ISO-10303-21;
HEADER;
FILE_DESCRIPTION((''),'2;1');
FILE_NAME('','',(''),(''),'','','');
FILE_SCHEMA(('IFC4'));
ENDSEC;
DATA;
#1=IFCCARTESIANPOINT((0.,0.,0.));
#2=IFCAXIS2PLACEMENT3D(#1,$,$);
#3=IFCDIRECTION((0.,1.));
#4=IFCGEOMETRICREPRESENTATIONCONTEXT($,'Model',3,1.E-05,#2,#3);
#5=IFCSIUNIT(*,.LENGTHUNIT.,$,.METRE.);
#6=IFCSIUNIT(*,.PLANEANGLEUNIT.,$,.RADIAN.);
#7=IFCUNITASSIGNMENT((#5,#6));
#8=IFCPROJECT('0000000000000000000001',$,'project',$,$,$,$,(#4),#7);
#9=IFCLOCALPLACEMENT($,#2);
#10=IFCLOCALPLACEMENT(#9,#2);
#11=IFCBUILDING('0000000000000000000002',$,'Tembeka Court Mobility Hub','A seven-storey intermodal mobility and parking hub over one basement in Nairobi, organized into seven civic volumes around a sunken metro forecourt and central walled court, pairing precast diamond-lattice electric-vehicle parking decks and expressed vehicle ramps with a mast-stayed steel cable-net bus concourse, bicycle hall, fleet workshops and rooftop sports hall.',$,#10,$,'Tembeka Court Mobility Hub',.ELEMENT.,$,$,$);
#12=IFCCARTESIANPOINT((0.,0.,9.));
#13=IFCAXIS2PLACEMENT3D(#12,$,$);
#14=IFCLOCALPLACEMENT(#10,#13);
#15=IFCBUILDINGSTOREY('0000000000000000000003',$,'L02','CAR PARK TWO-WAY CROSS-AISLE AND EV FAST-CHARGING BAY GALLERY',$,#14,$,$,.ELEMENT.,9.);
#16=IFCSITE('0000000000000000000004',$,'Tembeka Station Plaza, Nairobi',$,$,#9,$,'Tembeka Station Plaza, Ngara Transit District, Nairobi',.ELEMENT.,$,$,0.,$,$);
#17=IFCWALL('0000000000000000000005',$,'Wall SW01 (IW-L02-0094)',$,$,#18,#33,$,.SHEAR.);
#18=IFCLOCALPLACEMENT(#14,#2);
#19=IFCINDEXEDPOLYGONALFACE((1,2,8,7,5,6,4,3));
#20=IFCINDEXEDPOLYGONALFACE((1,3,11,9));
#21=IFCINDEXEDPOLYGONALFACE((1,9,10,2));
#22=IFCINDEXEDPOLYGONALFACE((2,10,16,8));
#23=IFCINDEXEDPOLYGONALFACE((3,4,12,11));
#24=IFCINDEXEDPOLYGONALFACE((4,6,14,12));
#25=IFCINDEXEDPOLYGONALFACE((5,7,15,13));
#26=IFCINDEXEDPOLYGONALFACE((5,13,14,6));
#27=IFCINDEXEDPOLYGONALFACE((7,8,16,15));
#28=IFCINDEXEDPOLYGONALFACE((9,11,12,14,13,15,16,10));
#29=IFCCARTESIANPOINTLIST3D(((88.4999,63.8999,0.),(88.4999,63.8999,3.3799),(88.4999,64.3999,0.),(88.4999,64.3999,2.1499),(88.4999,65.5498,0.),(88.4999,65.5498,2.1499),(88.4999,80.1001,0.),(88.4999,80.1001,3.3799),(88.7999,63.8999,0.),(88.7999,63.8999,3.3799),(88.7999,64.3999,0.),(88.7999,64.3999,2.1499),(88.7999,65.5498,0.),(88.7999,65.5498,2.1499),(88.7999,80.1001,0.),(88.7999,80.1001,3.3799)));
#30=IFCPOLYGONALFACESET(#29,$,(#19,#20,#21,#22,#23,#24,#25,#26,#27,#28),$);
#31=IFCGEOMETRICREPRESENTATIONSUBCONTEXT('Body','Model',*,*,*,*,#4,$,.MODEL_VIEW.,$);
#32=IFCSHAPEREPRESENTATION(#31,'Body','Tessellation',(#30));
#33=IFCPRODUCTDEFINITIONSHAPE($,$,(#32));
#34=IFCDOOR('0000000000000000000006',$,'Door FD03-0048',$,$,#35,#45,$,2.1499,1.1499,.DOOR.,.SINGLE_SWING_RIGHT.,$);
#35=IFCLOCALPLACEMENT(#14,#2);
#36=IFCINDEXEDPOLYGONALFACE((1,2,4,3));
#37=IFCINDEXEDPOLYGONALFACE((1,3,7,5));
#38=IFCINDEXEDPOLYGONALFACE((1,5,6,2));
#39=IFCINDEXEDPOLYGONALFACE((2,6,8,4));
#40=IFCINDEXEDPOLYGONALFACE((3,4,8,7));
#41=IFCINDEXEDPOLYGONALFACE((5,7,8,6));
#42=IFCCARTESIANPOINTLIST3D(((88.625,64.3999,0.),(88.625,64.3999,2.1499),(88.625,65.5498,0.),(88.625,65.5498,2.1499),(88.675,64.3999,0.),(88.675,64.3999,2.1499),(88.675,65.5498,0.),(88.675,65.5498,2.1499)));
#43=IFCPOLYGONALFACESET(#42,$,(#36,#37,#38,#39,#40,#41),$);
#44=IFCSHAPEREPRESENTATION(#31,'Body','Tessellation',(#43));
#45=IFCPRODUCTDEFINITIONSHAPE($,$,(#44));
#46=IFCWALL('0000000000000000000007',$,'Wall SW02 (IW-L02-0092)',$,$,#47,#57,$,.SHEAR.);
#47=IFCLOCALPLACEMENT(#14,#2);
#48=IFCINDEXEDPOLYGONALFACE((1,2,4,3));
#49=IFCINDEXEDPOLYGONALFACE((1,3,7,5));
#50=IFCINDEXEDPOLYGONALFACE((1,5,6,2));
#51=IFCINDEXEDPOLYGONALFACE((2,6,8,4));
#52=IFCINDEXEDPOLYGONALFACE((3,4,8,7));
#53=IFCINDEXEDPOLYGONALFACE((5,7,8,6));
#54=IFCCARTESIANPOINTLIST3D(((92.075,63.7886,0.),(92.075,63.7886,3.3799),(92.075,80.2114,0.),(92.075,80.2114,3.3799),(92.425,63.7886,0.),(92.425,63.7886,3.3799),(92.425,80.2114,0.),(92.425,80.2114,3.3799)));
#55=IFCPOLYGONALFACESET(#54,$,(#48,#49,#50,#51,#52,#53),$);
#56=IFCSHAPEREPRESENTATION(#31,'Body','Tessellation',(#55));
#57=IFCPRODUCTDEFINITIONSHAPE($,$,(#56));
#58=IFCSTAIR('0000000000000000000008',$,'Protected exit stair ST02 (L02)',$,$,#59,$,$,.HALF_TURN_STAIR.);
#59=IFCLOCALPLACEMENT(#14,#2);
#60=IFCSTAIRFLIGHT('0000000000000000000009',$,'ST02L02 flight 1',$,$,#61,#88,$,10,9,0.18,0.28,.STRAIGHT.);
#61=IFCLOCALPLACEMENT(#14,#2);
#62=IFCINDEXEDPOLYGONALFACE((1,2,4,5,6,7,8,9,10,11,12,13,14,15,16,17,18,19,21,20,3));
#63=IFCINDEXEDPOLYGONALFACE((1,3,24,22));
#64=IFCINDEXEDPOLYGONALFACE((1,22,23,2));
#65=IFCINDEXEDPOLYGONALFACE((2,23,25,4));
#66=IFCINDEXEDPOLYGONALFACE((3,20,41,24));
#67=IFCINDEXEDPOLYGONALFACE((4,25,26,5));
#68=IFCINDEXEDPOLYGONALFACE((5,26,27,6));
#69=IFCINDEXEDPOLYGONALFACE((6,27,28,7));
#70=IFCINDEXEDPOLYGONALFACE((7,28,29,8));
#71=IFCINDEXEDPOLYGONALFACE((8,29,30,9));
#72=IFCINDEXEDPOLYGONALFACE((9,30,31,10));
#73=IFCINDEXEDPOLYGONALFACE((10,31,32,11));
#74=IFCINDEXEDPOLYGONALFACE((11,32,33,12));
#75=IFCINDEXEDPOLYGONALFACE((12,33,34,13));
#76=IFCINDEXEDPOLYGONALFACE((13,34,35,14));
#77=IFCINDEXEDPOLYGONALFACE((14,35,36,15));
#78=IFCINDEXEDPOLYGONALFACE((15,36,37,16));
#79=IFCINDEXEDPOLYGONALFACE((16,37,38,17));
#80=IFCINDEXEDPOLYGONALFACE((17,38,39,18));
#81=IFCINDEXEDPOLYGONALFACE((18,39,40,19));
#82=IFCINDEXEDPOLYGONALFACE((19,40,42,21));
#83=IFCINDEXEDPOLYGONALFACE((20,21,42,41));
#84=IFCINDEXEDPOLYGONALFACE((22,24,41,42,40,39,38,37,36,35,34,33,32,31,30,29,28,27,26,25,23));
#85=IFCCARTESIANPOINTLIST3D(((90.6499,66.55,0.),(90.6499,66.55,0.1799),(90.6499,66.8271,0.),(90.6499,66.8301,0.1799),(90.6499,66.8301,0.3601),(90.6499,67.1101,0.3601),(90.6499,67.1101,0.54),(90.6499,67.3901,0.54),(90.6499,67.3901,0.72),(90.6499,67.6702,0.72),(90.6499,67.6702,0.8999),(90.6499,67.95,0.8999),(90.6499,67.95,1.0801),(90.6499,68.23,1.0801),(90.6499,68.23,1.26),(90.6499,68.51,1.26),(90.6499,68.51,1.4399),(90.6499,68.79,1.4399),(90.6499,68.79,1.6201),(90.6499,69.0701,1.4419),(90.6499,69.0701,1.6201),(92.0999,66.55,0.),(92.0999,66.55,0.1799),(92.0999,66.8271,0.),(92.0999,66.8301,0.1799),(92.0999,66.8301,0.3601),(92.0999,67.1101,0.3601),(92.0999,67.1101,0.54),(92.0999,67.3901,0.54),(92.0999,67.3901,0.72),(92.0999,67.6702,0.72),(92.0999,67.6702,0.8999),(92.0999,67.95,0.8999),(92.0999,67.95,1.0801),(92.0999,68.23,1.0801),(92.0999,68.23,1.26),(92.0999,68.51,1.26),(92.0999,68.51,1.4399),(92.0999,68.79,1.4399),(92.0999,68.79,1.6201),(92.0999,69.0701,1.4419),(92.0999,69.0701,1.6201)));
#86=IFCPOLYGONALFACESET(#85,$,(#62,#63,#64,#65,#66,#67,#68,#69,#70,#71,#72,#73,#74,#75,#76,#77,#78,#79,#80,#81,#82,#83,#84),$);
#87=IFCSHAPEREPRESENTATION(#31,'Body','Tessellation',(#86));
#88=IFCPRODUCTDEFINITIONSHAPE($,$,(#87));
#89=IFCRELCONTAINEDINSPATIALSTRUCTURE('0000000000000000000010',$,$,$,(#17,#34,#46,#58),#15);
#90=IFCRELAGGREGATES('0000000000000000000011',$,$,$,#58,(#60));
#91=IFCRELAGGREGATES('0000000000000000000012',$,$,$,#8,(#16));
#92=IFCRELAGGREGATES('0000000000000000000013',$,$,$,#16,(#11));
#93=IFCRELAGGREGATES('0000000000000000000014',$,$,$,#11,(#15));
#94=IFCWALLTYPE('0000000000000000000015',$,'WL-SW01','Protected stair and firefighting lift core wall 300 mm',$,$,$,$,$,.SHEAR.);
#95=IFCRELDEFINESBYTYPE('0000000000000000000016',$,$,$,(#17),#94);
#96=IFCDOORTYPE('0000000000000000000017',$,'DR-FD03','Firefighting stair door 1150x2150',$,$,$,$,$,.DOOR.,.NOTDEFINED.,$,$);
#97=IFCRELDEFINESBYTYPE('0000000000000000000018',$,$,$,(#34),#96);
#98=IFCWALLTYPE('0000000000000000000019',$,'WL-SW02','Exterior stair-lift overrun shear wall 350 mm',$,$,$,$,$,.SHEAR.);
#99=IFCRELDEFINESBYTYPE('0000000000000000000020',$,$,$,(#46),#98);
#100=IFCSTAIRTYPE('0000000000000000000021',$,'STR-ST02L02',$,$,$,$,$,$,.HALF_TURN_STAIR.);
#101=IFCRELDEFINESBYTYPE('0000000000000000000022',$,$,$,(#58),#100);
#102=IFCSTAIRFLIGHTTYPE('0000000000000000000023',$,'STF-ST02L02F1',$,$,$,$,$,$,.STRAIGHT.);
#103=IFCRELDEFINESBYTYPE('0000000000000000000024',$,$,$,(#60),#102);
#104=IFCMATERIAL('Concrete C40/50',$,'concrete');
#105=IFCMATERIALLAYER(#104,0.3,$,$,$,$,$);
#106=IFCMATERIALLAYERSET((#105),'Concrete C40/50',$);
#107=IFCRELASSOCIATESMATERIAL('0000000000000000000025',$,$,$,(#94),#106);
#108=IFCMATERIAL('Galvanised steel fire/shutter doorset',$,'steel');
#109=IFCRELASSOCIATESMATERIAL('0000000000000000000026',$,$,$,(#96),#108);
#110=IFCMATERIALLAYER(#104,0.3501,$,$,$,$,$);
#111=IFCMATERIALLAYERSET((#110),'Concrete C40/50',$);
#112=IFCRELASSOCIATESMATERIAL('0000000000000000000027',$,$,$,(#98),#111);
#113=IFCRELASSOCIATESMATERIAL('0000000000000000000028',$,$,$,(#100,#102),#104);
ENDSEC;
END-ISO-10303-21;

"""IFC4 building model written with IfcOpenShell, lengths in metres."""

from ifc_helpers import new_model, si_unit, direction, frame, frame_2d, origin, place, context, subcontext, project, spatial, polyline, rectangle, outline, extrude, material, layer, layer_set, type_object, element, fill, aggregate, save


model = new_model("IFC4")

# Units and contexts
model_context = context("Model", 3, precision=1e-05, world=origin(), true_north=direction((0.0, 1.0)))
body_context = subcontext(model_context, "Body", "Model", "MODEL_VIEW")
ifc_project = project(units=[si_unit("LENGTHUNIT", "METRE"), si_unit("PLANEANGLEUNIT", "RADIAN")], contexts=[model_context])

# Site, building, storey
site_placement = place(None, origin())
site = spatial("IfcSite", under=ifc_project, at=site_placement, Name="Tembeka Station Plaza, Nairobi", LongName="Tembeka Station Plaza, Ngara Transit District, Nairobi", CompositionType="ELEMENT", RefElevation=0.0)
building_placement = place(site_placement, origin())
building = spatial("IfcBuilding", under=site, at=building_placement, Name="Tembeka Court Mobility Hub", Description="A seven-storey intermodal mobility and parking hub over one basement in Nairobi, organized into seven civic volumes around a sunken metro forecourt and central walled court, pairing precast diamond-lattice electric-vehicle parking decks and expressed vehicle ramps with a mast-stayed steel cable-net bus concourse, bicycle hall, fleet workshops and rooftop sports hall.", LongName="Tembeka Court Mobility Hub", CompositionType="ELEMENT")
storey_placement = place(building_placement, frame((0.0, 0.0, 9.0)))
storey = spatial("IfcBuildingStorey", under=building, at=storey_placement, Name="L02", Description="CAR PARK TWO-WAY CROSS-AISLE AND EV FAST-CHARGING BAY GALLERY", CompositionType="ELEMENT", Elevation=9.0)

# Shared definitions
ifc_material_1 = material(Name="Concrete C40/50", Category="concrete")
ifc_layer_1 = layer(ifc_material_1, 0.3)
ifc_layer_set_1 = layer_set([ifc_layer_1], Name="Concrete C40/50")
wall_type_1 = type_object("IfcWallType", Name="WL-SW01", Description="Protected stair and firefighting lift core wall 300 mm", PredefinedType="SHEAR", material=ifc_layer_set_1)

# Wall, opening, door
ifc_material_2 = material(Name="Galvanised steel fire/shutter doorset", Category="steel")
wall_1_placement = place(storey_placement, frame((88.6499, 63.8999, 0.0), z_axis=(0.0, 0.0, 1.0), x_axis=(0.0, 1.0, 0.0)))
wall_1 = element("IfcWall", 1, at=wall_1_placement, inside=storey, type_object=wall_type_1, Name="Wall SW01 (IW-L02-0094)", PredefinedType="SHEAR", context=body_context, shape_type="SweptSolid", body=[
    extrude(rectangle(XDim=16.2002, YDim=0.3, at=frame_2d((8.1001, 0.0))), origin(), (0.0, 0.0, 1.0), 3.3799),
])
opening_1_placement = place(wall_1_placement, frame((0.5, 0.0, 0.0)))
opening_1 = element("IfcOpeningElement", 2, at=opening_1_placement, cuts=wall_1, PredefinedType="OPENING", context=body_context, shape_type="SweptSolid", body=[
    extrude(rectangle(XDim=1.1499, YDim=2.1499, at=frame_2d((0.575, 1.075))), frame((0.0, 0.1602, 0.0), z_axis=(0.0, -1.0, 0.0), x_axis=(1.0, 0.0, 0.0)), (0.0, 0.0, 1.0), 0.3201),
])
door_type_1 = type_object("IfcDoorType", Name="DR-FD03", Description="Firefighting stair door 1150x2150", OperationType="NOTDEFINED", PredefinedType="DOOR", material=ifc_material_2)
door_1_placement = place(opening_1_placement, origin())
door_1 = element("IfcDoor", 3, at=door_1_placement, inside=storey, type_object=door_type_1, Name="Door FD03-0048", OperationType="SINGLE_SWING_RIGHT", OverallHeight=2.1499, OverallWidth=1.1499, PredefinedType="DOOR", context=body_context, shape_type="SweptSolid", body=[
    extrude(rectangle(XDim=1.1499, YDim=2.1499, at=frame_2d((0.575, 1.075))), frame((0.0, 0.0249, 0.0), z_axis=(0.0, -1.0, 0.0), x_axis=(1.0, 0.0, 0.0)), (0.0, 0.0, 1.0), 0.05),
])
fill(opening_1, door_1)

# Wall
ifc_layer_2 = layer(ifc_material_1, 0.3501)
ifc_layer_set_2 = layer_set([ifc_layer_2], Name="Concrete C40/50")
wall_type_2 = type_object("IfcWallType", Name="WL-SW02", Description="Exterior stair-lift overrun shear wall 350 mm", PredefinedType="SHEAR", material=ifc_layer_set_2)
wall_2_placement = place(storey_placement, frame((92.25, 63.7886, 0.0), z_axis=(0.0, 0.0, 1.0), x_axis=(0.0, 1.0, 0.0)))
element("IfcWall", 4, at=wall_2_placement, inside=storey, type_object=wall_type_2, Name="Wall SW02 (IW-L02-0092)", PredefinedType="SHEAR", context=body_context, shape_type="SweptSolid", body=[
    extrude(rectangle(XDim=16.4229, YDim=0.3501, at=frame_2d((8.2114, 0.0))), origin(), (0.0, 0.0, 1.0), 3.3799),
])

# Stair, stair flight
stair_type = type_object("IfcStairType", Name="STR-ST02L02", PredefinedType="HALF_TURN_STAIR", material=ifc_material_1)
stair_placement = place(storey_placement, origin())
stair = element("IfcStair", 5, at=stair_placement, inside=storey, type_object=stair_type, Name="Protected exit stair ST02 (L02)", PredefinedType="HALF_TURN_STAIR")
stair_flight_type = type_object("IfcStairFlightType", Name="STF-ST02L02F1", PredefinedType="STRAIGHT", material=ifc_material_1)
stair_flight_placement = place(storey_placement, frame((91.375, 66.55, 0.0), z_axis=(0.0, 0.0, 1.0), x_axis=(0.0, 1.0, 0.0)))
stair_flight = element("IfcStairFlight", 6, at=stair_flight_placement, type_object=stair_flight_type, Name="ST02L02 flight 1", NumberOfRisers=10, NumberOfTreads=9, PredefinedType="STRAIGHT", RiserHeight=0.18, TreadLength=0.28, context=body_context, shape_type="SweptSolid", body=[
    extrude(outline(polyline([(0.0, 0.0), (0.0, 0.1799), (0.28, 0.1799), (0.28, 0.3601), (0.5601, 0.3601), (0.5601, 0.54), (0.8401, 0.54), (0.8401, 0.72), (1.1201, 0.72), (1.1201, 0.8999), (1.3999, 0.8999), (1.3999, 1.0801), (1.6799, 1.0801), (1.6799, 1.26), (1.96, 1.26), (1.96, 1.4399), (2.24, 1.4399), (2.24, 1.6201), (2.52, 1.6201), (2.52, 1.8), (2.52, 1.4419), (0.2771, 0.0), (0.0, 0.0)])), frame((0.0, 0.7251, 0.0), z_axis=(0.0, -1.0, 0.0), x_axis=(1.0, 0.0, 0.0)), (0.0, 0.0, 1.0), 1.45),
])
aggregate(stair, [stair_flight])

save(model, "model.ifc")
